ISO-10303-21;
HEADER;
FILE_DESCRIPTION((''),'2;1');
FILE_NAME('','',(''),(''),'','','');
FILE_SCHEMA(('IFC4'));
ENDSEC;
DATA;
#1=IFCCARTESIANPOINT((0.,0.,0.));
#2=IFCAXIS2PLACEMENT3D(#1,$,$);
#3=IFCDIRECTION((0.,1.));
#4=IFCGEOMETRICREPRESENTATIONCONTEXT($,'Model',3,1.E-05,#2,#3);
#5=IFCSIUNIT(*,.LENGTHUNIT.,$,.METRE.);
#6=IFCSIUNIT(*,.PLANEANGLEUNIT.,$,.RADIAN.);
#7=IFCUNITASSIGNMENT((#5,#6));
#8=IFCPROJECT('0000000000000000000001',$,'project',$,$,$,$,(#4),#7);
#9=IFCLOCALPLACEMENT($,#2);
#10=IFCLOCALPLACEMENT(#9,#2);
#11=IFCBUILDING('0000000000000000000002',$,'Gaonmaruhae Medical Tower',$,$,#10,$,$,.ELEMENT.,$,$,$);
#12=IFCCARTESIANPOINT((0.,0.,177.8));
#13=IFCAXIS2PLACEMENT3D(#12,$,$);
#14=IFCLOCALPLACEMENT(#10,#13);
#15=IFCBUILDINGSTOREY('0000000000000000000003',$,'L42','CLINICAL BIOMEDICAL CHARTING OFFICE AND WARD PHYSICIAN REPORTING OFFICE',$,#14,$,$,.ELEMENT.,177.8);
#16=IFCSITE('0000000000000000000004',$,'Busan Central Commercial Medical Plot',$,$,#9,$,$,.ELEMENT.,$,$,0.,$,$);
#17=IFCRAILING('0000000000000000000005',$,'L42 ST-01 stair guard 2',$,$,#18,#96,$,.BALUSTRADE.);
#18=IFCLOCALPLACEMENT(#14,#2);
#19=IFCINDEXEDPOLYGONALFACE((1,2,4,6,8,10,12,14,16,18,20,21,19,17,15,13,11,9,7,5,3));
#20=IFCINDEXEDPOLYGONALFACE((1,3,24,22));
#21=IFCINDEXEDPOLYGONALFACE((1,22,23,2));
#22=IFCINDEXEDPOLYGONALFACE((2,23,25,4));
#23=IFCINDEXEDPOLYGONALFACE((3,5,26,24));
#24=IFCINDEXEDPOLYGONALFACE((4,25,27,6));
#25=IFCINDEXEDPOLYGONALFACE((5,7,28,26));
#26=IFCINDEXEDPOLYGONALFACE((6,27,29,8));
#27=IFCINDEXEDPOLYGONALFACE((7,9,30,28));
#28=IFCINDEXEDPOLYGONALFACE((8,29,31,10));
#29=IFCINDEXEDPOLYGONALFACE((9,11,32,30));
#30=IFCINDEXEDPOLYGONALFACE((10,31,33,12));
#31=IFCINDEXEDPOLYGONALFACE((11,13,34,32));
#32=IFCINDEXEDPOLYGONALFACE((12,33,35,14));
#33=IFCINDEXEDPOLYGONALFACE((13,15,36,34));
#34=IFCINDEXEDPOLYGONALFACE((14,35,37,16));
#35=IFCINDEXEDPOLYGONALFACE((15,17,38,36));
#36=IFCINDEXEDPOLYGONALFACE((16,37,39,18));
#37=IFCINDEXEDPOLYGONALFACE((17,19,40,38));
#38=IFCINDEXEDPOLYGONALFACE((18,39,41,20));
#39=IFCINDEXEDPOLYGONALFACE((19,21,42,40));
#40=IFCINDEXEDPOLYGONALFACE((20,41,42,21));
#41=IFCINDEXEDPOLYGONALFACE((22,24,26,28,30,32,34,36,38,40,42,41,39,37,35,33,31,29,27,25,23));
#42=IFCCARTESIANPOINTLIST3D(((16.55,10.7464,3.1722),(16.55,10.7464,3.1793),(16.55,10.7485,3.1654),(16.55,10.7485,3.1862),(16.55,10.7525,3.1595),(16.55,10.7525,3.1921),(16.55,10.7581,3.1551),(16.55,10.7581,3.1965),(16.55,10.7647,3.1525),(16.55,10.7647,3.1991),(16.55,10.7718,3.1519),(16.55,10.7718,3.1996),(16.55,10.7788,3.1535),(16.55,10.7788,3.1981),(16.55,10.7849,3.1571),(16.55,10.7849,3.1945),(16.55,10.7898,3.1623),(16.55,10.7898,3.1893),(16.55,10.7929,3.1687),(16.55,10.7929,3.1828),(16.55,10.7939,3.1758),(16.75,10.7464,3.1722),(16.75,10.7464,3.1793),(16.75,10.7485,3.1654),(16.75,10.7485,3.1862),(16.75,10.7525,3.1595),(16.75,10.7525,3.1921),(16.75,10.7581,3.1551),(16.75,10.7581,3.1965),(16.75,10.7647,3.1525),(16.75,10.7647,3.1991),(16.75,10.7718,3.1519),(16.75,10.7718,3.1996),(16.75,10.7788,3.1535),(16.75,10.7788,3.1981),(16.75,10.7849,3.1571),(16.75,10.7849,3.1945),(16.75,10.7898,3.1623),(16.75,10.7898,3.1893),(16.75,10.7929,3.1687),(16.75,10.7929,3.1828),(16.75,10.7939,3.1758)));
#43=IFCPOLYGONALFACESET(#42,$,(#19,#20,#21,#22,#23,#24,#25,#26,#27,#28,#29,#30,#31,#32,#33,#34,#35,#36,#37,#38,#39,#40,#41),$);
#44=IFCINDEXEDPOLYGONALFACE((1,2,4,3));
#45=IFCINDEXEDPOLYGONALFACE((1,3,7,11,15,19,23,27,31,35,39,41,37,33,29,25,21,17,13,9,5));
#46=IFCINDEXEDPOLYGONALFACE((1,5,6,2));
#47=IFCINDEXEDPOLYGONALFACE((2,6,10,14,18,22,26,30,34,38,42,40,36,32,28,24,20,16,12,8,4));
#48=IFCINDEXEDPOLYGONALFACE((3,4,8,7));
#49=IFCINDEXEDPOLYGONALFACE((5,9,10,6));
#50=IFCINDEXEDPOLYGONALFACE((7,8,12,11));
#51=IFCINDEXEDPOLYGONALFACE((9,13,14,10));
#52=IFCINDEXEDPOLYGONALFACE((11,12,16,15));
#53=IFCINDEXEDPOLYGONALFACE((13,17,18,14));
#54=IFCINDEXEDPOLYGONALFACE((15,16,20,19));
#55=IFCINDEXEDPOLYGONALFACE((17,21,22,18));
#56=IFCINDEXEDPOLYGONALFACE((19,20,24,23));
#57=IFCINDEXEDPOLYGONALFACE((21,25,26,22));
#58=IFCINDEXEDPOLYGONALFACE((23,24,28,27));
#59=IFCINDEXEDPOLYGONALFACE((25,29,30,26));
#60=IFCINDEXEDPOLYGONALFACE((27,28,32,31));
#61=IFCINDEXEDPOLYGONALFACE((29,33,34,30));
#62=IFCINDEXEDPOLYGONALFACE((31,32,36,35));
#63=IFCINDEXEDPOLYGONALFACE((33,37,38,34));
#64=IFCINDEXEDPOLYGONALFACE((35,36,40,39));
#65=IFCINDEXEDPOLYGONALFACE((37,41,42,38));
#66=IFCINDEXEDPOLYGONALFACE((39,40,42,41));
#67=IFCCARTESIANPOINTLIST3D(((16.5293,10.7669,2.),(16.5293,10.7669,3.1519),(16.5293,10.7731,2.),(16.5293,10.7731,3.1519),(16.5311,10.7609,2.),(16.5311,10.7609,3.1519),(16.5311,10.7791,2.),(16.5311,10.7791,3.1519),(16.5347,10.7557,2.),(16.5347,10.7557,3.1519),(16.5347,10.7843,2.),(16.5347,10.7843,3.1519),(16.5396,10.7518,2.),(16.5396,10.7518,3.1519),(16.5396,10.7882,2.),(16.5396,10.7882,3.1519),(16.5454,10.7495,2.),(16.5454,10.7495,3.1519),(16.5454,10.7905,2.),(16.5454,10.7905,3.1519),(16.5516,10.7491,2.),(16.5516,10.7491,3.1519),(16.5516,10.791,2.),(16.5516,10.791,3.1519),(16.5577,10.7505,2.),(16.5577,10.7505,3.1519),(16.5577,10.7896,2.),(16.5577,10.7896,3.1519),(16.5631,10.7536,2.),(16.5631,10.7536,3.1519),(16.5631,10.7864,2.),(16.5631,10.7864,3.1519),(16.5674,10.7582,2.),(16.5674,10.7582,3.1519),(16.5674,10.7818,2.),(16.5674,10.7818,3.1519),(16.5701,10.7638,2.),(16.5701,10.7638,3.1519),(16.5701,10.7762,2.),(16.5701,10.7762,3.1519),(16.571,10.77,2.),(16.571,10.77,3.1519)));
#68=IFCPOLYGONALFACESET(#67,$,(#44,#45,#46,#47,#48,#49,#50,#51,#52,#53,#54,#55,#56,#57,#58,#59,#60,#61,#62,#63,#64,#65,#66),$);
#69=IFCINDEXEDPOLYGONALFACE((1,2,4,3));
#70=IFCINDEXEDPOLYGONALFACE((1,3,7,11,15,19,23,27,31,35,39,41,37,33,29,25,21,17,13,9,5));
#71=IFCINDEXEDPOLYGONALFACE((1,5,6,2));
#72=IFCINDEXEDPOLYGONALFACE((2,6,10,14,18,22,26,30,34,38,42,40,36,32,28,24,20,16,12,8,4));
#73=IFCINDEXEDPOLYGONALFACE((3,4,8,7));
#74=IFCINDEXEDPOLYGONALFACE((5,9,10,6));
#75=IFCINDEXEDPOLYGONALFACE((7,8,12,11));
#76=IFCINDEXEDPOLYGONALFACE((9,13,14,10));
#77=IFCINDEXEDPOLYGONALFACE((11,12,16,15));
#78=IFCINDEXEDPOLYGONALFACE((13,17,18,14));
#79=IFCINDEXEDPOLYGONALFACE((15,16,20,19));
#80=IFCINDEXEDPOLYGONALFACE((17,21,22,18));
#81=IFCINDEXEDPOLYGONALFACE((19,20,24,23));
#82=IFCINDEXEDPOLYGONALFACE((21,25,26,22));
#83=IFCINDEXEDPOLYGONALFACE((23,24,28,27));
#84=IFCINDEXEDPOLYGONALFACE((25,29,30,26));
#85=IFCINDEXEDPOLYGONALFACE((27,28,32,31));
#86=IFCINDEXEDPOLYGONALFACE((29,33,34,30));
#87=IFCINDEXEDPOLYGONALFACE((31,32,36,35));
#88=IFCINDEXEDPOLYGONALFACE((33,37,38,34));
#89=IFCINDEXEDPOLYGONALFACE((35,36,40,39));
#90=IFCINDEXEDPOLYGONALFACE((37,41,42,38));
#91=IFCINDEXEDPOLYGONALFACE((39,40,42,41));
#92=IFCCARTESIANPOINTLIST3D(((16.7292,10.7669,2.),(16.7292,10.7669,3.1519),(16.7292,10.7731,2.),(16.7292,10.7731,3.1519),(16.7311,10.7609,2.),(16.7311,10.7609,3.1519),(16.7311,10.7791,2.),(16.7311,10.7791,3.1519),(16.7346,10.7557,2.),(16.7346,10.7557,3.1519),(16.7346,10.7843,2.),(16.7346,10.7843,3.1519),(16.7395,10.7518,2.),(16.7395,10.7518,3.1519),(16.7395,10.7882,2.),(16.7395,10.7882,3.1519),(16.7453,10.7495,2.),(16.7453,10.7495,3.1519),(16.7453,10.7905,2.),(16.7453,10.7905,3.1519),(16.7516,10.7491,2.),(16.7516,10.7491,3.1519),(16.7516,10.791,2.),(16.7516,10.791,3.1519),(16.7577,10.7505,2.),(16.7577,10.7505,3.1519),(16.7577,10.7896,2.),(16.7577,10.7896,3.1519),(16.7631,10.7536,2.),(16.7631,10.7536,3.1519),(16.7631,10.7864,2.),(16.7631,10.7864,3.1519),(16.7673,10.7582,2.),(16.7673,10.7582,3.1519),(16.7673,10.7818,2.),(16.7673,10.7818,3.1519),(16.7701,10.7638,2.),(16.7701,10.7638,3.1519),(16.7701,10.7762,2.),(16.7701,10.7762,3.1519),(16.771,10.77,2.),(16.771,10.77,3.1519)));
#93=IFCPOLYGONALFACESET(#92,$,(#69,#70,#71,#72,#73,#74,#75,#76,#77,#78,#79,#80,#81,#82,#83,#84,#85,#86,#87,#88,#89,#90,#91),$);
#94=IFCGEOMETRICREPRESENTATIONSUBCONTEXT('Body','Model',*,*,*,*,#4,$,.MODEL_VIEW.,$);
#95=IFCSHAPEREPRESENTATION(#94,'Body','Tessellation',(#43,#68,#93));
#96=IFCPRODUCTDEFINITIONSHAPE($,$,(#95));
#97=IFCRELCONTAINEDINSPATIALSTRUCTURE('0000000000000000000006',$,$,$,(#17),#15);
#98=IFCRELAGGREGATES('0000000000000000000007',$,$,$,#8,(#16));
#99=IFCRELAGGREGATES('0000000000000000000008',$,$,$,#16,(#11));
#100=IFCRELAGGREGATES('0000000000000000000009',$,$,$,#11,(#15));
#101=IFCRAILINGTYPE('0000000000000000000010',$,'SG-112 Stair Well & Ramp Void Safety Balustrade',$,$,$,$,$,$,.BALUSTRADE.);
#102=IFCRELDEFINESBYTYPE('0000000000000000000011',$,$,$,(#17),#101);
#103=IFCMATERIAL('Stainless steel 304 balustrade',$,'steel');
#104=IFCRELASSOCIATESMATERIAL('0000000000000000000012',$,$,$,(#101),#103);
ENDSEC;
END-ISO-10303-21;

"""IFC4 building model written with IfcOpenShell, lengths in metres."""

from ifc_helpers import new_model, si_unit, direction, frame, origin, origin_2d, place, context, subcontext, project, spatial, circle, extrude, material, type_object, element, save


model = new_model("IFC4")

# Units and contexts
model_context = context("Model", 3, precision=1e-05, world=origin(), true_north=direction((0.0, 1.0)))
body_context = subcontext(model_context, "Body", "Model", "MODEL_VIEW")
ifc_project = project(units=[si_unit("LENGTHUNIT", "METRE"), si_unit("PLANEANGLEUNIT", "RADIAN")], contexts=[model_context])

# Site, building, storey
site_placement = place(None, origin())
site = spatial("IfcSite", under=ifc_project, at=site_placement, Name="Busan Central Commercial Medical Plot", CompositionType="ELEMENT", RefElevation=0.0)
building_placement = place(site_placement, origin())
building = spatial("IfcBuilding", under=site, at=building_placement, Name="Gaonmaruhae Medical Tower", CompositionType="ELEMENT")
storey_placement = place(building_placement, frame((0.0, 0.0, 177.8)))
storey = spatial("IfcBuildingStorey", under=building, at=storey_placement, Name="L42", Description="CLINICAL BIOMEDICAL CHARTING OFFICE AND WARD PHYSICIAN REPORTING OFFICE", CompositionType="ELEMENT", Elevation=177.8)

# Railing
ifc_material_1 = material(Name="Stainless steel 304 balustrade", Category="steel")
railing_type_1 = type_object("IfcRailingType", Name="SG-112 Stair Well & Ramp Void Safety Balustrade", PredefinedType="BALUSTRADE", material=ifc_material_1)
railing_1_placement = place(storey_placement, frame((16.55, 10.77, 2.0)))
element("IfcRailing", 1, at=railing_1_placement, inside=storey, type_object=railing_type_1, Name="L42 ST-01 stair guard 2", PredefinedType="BALUSTRADE", context=body_context, shape_type="SweptSolid", body=[
    extrude(circle(Radius=0.0239, at=origin_2d()), frame((0.0, 0.0, 1.1758), z_axis=(1.0, 0.0, 0.0), x_axis=(0.0, 1.0, 0.0)), (0.0, 0.0, 1.0), 0.2),
    extrude(circle(Radius=0.021, at=origin_2d()), origin(), (0.0, 0.0, 1.0), 1.1519),
    extrude(circle(Radius=0.021, at=origin_2d()), frame((0.2, 0.0, 0.0)), (0.0, 0.0, 1.0), 1.1519),
])

save(model, "model.ifc")
